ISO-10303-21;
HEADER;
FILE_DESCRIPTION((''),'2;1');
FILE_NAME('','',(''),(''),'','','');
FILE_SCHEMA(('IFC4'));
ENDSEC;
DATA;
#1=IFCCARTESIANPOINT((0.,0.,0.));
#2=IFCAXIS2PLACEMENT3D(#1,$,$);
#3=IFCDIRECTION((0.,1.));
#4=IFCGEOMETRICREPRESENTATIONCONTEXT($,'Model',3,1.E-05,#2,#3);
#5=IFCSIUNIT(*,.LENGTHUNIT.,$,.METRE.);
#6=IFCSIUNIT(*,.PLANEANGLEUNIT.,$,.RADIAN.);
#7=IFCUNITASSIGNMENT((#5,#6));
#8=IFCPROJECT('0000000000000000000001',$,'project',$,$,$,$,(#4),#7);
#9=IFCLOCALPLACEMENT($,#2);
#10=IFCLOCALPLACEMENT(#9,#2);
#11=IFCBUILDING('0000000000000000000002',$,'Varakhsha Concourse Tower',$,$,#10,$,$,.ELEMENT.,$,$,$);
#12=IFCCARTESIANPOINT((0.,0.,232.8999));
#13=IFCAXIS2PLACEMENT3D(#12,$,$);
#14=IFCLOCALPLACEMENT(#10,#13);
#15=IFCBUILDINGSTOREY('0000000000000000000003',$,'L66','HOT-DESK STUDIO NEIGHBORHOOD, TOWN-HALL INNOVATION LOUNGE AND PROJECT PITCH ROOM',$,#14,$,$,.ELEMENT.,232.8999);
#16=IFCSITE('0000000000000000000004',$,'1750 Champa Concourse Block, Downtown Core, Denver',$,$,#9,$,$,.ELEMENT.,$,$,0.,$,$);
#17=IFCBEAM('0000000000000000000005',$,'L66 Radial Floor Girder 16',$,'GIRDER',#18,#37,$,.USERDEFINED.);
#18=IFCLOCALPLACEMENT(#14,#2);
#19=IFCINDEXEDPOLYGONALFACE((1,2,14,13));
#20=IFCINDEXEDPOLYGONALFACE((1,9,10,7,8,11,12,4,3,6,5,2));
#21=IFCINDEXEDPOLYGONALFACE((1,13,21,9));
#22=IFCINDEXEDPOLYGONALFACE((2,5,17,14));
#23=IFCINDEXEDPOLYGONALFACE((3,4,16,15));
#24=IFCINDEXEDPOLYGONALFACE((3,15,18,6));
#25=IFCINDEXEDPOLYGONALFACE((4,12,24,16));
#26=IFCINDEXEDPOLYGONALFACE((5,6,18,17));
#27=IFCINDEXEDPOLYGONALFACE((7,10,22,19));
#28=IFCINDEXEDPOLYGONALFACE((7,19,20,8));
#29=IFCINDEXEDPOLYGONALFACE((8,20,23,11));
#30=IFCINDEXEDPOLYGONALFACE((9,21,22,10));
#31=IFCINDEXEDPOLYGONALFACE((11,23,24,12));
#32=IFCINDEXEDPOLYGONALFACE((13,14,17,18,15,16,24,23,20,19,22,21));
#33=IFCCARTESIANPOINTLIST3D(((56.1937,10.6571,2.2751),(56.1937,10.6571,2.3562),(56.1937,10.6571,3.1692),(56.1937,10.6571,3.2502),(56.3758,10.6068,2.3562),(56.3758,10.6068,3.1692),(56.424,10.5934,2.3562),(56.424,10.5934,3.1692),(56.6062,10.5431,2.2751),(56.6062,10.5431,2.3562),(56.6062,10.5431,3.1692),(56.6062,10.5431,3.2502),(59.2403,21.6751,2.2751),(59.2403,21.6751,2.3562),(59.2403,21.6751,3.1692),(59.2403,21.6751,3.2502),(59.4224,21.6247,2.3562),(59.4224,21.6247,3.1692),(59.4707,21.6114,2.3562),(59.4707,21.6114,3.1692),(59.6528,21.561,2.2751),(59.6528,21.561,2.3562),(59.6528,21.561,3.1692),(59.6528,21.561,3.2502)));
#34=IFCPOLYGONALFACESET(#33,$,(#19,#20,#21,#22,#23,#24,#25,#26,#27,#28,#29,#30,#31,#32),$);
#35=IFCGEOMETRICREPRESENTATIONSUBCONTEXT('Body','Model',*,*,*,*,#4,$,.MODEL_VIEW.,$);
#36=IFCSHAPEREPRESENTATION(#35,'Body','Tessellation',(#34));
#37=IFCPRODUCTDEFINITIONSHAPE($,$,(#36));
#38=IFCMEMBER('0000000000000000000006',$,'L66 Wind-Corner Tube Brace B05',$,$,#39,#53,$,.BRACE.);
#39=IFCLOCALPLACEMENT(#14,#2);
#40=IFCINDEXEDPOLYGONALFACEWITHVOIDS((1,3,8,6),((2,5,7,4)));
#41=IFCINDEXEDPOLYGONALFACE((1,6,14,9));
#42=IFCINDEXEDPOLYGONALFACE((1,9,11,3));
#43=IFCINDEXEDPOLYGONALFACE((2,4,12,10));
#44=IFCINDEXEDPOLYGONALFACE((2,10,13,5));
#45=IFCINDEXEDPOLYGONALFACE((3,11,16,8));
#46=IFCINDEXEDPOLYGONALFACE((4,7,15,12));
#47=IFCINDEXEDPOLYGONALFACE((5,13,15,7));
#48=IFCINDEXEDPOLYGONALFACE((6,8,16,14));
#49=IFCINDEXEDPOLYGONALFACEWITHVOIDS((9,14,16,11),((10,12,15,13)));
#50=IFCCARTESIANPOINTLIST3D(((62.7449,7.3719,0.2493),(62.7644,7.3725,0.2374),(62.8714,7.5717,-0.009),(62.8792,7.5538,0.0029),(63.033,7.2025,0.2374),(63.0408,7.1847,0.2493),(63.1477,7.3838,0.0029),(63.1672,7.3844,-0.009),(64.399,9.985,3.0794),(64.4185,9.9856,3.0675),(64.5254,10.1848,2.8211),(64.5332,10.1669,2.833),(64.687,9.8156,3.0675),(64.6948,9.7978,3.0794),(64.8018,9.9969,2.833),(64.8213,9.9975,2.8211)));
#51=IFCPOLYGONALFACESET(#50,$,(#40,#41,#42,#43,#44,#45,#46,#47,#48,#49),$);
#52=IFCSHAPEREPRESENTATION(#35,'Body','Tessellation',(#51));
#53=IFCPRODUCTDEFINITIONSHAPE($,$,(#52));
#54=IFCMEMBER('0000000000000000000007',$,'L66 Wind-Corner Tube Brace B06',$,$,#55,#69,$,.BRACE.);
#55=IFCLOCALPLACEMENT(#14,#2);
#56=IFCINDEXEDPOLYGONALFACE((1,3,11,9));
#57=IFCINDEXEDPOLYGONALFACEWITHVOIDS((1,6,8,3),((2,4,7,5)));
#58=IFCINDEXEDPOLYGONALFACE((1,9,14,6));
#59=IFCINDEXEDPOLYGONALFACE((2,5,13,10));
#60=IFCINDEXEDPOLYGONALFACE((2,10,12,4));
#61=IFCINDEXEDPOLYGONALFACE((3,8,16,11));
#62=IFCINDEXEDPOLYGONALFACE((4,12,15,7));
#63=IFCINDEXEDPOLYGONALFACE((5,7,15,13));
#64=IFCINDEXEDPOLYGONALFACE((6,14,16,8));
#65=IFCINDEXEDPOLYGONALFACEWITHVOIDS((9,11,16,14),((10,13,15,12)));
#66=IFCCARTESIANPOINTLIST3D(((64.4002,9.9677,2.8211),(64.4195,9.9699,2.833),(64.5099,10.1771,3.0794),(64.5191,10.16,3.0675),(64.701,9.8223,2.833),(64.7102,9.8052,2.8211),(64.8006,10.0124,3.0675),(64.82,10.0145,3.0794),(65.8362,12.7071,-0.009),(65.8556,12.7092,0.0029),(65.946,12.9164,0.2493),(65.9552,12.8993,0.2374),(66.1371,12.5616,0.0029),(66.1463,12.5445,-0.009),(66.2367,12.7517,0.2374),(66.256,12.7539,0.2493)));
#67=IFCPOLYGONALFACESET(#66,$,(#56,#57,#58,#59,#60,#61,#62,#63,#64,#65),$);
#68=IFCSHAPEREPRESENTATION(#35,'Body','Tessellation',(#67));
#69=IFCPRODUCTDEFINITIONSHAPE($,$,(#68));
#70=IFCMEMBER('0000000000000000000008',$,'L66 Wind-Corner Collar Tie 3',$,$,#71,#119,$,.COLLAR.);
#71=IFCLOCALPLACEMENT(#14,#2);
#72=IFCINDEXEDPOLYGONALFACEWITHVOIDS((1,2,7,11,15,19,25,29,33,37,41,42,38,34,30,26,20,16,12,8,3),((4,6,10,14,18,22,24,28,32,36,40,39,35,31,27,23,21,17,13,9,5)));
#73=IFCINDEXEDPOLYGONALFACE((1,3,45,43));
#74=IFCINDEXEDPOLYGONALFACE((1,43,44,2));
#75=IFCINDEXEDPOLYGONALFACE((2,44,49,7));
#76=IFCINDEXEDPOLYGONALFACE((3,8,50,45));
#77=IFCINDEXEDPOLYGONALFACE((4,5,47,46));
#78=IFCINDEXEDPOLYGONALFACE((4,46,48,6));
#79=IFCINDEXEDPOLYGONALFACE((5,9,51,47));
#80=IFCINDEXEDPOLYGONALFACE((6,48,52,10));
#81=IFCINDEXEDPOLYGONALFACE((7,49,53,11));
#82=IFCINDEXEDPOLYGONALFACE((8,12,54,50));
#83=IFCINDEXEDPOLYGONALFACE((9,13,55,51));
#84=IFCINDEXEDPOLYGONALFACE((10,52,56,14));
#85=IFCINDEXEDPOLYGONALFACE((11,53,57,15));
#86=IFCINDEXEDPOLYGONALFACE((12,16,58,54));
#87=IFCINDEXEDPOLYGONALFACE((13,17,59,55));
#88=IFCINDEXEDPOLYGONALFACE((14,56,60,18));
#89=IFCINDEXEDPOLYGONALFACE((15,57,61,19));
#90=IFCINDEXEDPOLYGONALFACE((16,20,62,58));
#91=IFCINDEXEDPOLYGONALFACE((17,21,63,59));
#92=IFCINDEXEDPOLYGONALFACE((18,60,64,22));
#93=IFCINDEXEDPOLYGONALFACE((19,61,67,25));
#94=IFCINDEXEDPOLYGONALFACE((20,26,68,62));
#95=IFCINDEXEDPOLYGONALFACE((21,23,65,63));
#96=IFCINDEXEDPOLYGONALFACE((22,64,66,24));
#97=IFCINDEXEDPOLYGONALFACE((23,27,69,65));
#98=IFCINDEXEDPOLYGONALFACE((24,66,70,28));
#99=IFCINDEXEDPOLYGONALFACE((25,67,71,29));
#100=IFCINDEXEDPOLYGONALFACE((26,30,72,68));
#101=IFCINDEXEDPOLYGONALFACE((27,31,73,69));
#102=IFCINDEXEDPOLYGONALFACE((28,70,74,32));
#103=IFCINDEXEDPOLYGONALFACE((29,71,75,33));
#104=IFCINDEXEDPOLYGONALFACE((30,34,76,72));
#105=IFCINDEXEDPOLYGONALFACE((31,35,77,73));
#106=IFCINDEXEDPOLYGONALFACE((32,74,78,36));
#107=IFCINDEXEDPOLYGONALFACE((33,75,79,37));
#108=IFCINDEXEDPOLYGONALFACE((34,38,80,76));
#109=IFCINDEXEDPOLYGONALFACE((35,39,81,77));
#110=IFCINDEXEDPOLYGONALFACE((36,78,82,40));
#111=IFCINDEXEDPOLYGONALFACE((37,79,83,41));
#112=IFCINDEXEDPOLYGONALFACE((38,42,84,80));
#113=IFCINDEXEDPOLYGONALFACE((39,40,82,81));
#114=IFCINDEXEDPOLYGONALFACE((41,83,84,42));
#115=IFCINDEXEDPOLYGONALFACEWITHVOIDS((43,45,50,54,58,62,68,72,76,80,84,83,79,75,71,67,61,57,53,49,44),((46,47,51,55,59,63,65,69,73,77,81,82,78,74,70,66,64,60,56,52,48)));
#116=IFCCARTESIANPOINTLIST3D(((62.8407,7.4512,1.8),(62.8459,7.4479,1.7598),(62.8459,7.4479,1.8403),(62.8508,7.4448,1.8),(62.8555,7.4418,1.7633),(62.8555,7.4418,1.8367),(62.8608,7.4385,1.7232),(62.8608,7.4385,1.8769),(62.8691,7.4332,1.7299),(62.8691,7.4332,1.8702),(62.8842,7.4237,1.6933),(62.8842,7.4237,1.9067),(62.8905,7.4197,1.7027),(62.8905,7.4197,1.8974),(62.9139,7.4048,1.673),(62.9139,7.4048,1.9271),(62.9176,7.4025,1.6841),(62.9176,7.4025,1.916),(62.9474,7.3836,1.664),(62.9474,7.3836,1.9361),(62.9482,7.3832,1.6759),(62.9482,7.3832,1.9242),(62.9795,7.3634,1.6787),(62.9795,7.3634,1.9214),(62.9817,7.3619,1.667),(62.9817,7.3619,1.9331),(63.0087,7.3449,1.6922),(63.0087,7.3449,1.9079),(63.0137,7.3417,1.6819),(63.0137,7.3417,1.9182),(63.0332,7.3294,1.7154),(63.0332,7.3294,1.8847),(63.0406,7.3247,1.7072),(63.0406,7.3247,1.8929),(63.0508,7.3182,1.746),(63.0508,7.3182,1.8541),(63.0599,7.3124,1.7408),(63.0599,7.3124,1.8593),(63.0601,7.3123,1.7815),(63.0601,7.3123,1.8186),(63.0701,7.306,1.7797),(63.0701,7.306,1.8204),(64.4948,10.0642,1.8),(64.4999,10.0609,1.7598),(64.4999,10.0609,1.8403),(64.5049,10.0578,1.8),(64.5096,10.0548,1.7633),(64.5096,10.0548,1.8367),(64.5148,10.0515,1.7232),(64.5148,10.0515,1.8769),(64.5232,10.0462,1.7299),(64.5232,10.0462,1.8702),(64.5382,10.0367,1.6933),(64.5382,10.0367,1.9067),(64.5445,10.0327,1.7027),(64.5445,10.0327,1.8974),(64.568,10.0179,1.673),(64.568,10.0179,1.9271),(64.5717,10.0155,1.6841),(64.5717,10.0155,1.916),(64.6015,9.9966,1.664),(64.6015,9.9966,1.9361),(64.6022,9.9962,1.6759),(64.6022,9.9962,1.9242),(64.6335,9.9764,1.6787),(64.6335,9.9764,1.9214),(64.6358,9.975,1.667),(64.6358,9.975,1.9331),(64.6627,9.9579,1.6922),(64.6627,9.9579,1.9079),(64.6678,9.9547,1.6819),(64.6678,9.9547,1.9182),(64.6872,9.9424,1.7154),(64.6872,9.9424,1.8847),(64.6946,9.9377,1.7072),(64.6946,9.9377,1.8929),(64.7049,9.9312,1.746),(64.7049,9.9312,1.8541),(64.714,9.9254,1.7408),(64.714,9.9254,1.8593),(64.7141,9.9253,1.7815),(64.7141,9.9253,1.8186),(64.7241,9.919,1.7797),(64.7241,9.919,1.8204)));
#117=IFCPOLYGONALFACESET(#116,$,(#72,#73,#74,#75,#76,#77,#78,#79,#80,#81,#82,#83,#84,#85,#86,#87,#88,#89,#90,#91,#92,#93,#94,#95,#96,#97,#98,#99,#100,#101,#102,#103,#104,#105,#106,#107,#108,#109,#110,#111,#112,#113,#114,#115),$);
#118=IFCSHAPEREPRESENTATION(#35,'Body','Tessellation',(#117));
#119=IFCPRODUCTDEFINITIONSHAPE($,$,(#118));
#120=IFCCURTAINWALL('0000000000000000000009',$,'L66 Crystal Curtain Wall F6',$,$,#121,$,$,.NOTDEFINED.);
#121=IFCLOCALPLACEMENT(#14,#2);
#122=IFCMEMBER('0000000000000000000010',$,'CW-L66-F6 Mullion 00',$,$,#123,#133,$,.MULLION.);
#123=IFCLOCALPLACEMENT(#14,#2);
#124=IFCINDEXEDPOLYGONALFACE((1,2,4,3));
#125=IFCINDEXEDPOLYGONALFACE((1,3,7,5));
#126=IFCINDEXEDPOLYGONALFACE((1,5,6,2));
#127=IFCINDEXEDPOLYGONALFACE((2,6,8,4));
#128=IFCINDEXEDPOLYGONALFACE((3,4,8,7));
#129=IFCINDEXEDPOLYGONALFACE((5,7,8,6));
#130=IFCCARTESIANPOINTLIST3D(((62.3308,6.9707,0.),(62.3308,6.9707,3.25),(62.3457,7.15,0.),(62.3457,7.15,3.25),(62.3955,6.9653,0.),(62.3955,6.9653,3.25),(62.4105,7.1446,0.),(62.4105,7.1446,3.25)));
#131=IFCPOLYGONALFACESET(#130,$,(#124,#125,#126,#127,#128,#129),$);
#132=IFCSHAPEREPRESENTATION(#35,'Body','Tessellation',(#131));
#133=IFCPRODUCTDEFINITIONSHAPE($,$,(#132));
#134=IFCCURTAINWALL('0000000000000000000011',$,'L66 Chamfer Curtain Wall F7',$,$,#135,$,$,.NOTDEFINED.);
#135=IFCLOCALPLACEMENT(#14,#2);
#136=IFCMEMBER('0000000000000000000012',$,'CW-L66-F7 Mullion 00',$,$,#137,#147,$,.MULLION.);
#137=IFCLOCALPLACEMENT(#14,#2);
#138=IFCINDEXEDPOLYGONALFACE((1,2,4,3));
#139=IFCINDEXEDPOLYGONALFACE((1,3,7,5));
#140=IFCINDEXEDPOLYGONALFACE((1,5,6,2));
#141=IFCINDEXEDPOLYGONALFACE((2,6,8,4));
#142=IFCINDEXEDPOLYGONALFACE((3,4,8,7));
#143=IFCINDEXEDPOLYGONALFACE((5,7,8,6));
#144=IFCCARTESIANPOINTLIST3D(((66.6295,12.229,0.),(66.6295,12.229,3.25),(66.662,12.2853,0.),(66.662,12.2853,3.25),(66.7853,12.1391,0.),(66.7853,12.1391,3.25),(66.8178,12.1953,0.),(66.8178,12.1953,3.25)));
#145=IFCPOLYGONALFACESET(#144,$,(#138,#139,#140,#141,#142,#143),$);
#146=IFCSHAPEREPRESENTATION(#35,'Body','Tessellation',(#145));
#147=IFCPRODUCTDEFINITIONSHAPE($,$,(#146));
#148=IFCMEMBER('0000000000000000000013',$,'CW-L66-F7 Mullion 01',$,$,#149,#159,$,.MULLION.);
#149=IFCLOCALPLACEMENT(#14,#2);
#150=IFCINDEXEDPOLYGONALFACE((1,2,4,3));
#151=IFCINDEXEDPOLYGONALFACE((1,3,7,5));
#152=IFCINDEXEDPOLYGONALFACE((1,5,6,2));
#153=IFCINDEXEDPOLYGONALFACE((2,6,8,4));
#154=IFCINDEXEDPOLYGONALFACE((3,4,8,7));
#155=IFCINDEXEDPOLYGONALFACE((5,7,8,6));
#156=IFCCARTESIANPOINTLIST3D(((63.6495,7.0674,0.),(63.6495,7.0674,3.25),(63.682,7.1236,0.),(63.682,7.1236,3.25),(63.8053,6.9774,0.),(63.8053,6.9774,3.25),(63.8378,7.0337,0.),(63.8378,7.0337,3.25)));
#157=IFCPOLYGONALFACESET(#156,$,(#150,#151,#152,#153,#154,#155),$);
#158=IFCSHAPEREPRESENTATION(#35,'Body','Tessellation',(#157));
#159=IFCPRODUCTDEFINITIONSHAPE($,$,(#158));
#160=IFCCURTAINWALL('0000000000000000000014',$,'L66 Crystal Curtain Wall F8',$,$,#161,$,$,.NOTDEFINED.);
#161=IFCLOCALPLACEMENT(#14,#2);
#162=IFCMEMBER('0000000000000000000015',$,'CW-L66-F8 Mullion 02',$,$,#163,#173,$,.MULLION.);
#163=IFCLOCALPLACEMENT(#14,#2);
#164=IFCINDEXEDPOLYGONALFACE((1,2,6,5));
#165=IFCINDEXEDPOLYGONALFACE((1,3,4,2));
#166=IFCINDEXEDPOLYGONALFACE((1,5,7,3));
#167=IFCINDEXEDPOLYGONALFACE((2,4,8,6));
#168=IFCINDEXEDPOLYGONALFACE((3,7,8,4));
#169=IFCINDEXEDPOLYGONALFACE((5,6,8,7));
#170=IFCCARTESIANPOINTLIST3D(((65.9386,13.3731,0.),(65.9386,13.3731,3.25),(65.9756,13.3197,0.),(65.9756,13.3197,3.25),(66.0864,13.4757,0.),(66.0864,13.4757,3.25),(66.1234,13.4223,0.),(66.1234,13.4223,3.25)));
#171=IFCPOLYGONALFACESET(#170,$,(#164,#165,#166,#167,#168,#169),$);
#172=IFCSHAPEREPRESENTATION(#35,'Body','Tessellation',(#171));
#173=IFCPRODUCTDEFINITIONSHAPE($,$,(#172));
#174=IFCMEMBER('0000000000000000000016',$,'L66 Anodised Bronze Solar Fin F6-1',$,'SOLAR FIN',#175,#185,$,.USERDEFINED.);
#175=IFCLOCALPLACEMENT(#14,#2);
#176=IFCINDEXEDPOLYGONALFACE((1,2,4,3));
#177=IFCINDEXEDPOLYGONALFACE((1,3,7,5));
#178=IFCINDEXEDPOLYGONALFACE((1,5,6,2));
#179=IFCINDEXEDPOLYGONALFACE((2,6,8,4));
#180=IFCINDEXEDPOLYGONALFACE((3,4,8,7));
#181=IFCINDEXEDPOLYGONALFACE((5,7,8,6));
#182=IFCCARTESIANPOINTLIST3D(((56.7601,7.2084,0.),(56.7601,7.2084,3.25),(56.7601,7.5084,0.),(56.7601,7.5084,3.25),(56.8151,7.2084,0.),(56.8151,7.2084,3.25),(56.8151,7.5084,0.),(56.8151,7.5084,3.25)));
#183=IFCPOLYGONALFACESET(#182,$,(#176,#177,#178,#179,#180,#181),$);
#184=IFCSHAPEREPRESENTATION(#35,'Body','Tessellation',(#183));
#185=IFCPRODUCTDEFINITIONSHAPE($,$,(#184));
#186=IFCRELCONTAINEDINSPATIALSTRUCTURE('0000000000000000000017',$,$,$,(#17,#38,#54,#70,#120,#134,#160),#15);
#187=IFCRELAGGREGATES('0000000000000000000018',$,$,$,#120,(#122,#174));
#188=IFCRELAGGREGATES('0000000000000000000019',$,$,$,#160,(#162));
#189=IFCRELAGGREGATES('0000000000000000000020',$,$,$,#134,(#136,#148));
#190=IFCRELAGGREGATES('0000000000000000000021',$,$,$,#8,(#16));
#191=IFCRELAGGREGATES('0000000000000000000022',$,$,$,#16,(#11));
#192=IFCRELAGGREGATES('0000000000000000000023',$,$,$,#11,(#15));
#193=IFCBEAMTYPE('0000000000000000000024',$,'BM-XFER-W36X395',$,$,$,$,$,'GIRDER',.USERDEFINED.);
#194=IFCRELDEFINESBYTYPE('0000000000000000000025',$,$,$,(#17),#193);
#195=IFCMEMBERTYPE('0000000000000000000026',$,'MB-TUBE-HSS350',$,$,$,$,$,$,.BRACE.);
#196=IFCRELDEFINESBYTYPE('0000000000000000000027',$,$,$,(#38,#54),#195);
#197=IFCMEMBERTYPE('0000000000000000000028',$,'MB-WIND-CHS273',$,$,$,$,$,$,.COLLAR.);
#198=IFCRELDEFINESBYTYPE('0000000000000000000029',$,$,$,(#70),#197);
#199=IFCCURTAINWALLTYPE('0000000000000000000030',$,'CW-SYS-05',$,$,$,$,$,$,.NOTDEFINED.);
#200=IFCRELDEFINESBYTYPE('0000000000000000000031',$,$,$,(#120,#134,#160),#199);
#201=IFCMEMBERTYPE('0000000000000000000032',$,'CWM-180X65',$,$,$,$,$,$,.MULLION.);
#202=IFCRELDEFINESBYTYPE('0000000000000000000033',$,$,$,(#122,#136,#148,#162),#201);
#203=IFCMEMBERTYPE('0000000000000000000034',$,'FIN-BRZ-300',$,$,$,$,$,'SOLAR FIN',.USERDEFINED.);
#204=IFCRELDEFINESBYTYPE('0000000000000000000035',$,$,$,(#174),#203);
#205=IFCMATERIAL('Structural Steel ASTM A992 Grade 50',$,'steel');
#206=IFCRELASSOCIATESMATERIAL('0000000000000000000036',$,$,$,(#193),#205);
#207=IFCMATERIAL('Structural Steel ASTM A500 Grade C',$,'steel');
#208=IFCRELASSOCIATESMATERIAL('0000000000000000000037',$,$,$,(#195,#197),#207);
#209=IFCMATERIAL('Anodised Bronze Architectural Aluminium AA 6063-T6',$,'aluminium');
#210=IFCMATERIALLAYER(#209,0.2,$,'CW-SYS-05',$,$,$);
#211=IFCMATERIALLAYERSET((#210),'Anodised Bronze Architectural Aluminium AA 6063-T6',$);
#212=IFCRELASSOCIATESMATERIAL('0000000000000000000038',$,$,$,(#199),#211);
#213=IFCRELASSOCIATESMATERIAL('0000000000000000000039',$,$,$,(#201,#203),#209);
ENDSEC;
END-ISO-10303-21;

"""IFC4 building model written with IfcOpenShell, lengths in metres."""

from ifc_helpers import new_model, si_unit, direction, frame, origin, origin_2d, place, context, subcontext, project, spatial, rectangle, hollow_rectangle, hollow_circle, i_section, extrude, source, transform, mapped, material, layer, layer_set, material_profile, profile_set, type_object, type_shapes, element, aggregate, save


model = new_model("IFC4")

# Units and contexts
model_context = context("Model", 3, precision=1e-05, world=origin(), true_north=direction((0.0, 1.0)))
body_context = subcontext(model_context, "Body", "Model", "MODEL_VIEW")
ifc_project = project(units=[si_unit("LENGTHUNIT", "METRE"), si_unit("PLANEANGLEUNIT", "RADIAN")], contexts=[model_context])

# Site, building, storey
site_placement = place(None, origin())
site = spatial("IfcSite", under=ifc_project, at=site_placement, Name="1750 Champa Concourse Block, Downtown Core, Denver", CompositionType="ELEMENT", RefElevation=0.0)
building_placement = place(site_placement, origin())
building = spatial("IfcBuilding", under=site, at=building_placement, Name="Varakhsha Concourse Tower", CompositionType="ELEMENT")
storey_placement = place(building_placement, frame((0.0, 0.0, 232.8999)))
storey = spatial("IfcBuildingStorey", under=building, at=storey_placement, Name="L66", Description="HOT-DESK STUDIO NEIGHBORHOOD, TOWN-HALL INNOVATION LOUNGE AND PROJECT PITCH ROOM", CompositionType="ELEMENT", Elevation=232.8999)

# Beam
ifc_material_1 = material(Name="Structural Steel ASTM A992 Grade 50", Category="steel")
ifc_material_profile_1 = material_profile(ifc_material_1, i_section(OverallWidth=0.428, OverallDepth=0.9751, WebThickness=0.05, FlangeThickness=0.0811, at=origin_2d()), Name="W36X395")
ifc_profile_set_1 = profile_set([ifc_material_profile_1], Name="Structural Steel ASTM A992 Grade 50")
beam_type_1 = type_object("IfcBeamType", Name="BM-XFER-W36X395", ElementType="GIRDER", PredefinedType="USERDEFINED", material=ifc_profile_set_1)
beam_1_placement = place(storey_placement, frame((56.3999, 10.6001, 2.7627), z_axis=(0.266517, 0.96383, 0.0), x_axis=(-0.96383, 0.266517, 0.0)))
element("IfcBeam", 1, at=beam_1_placement, inside=storey, type_object=beam_type_1, Name="L66 Radial Floor Girder 16", ObjectType="GIRDER", PredefinedType="USERDEFINED", context=body_context, shape_type="SweptSolid", body=[
    extrude(i_section(OverallWidth=0.428, OverallDepth=0.9751, WebThickness=0.05, FlangeThickness=0.0811, at=origin_2d()), origin(), (0.0, 0.0, 1.0), 11.4314),
])

# Members
ifc_material_2 = material(Name="Structural Steel ASTM A500 Grade C", Category="steel")
ifc_material_profile_2 = material_profile(ifc_material_2, hollow_rectangle(XDim=0.3501, YDim=0.3501, WallThickness=0.0161, at=origin_2d()), Name="HSS 350x350x16")
ifc_profile_set_2 = profile_set([ifc_material_profile_2], Name="Structural Steel ASTM A500 Grade C")
member_type_1 = type_object("IfcMemberType", Name="MB-TUBE-HSS350", PredefinedType="BRACE", material=ifc_profile_set_2)
shared_shape_1 = source(origin(), body_context, "Body", "SweptSolid", [
    extrude(hollow_rectangle(XDim=0.3501, YDim=0.3501, WallThickness=0.0161, at=origin_2d()), origin(), (0.0, 0.0, 1.0), 4.1921),
])
member_1_placement = place(storey_placement, frame((62.9561, 7.3782, 0.1201), z_axis=(0.39457, 0.623333, 0.675108), x_axis=(-0.844946, 0.534851, 0.0)))
element("IfcMember", 2, at=member_1_placement, inside=storey, type_object=member_type_1, Name="L66 Wind-Corner Tube Brace B05", PredefinedType="BRACE", context=body_context, shape_type="MappedRepresentation", body=[
    mapped(shared_shape_1, transform((0.0, 0.0, 0.0), scale=1.0)),
])
shared_shape_2 = source(origin(), body_context, "Body", "SweptSolid", [
    extrude(hollow_rectangle(XDim=0.3501, YDim=0.3501, WallThickness=0.0161, at=origin_2d()), origin(), (0.0, 0.0, 1.0), 4.1924),
])
type_shapes(member_type_1, [shared_shape_1, shared_shape_2])
member_2_placement = place(storey_placement, frame((66.0461, 12.7305, 0.1201), z_axis=(-0.342544, -0.653408, 0.675072), x_axis=(0.885674, -0.464308, 0.0)))
element("IfcMember", 3, at=member_2_placement, inside=storey, type_object=member_type_1, Name="L66 Wind-Corner Tube Brace B06", PredefinedType="BRACE", context=body_context, shape_type="MappedRepresentation", body=[
    mapped(shared_shape_2, transform((0.0, 0.0, 0.0), scale=1.0)),
])
ifc_material_profile_3 = material_profile(ifc_material_2, hollow_circle(Radius=0.1365, WallThickness=0.012, at=origin_2d()), Name="CHS 273x12")
ifc_profile_set_3 = profile_set([ifc_material_profile_3], Name="Structural Steel ASTM A500 Grade C")
member_type_2 = type_object("IfcMemberType", Name="MB-WIND-CHS273", PredefinedType="COLLAR", material=ifc_profile_set_3)
shared_shape_3 = source(origin(), body_context, "Body", "SweptSolid", [
    extrude(hollow_circle(Radius=0.1365, WallThickness=0.012, at=origin_2d()), origin(), (0.0, 0.0, 1.0), 3.0925),
])
type_shapes(member_type_2, [shared_shape_3])
member_3_placement = place(storey_placement, frame((62.9561, 7.3782, 1.8), z_axis=(0.534851, 0.844946, 0.0), x_axis=(-0.844946, 0.534851, 0.0)))
element("IfcMember", 4, at=member_3_placement, inside=storey, type_object=member_type_2, Name="L66 Wind-Corner Collar Tie 3", PredefinedType="COLLAR", context=body_context, shape_type="MappedRepresentation", body=[
    mapped(shared_shape_3, transform((0.0, 0.0, 0.0), scale=1.0)),
])

# Curtain wall, member
ifc_material_3 = material(Name="Anodised Bronze Architectural Aluminium AA 6063-T6", Category="aluminium")
ifc_layer_1 = layer(ifc_material_3, 0.2, Name="CW-SYS-05")
ifc_layer_set_1 = layer_set([ifc_layer_1], Name="Anodised Bronze Architectural Aluminium AA 6063-T6")
curtain_wall_type = type_object("IfcCurtainWallType", Name="CW-SYS-05", PredefinedType="NOTDEFINED", material=ifc_layer_set_1)
curtain_wall_1_placement = place(storey_placement, origin())
curtain_wall_1 = element("IfcCurtainWall", 5, at=curtain_wall_1_placement, inside=storey, type_object=curtain_wall_type, Name="L66 Crystal Curtain Wall F6", PredefinedType="NOTDEFINED")
ifc_material_profile_4 = material_profile(ifc_material_3, rectangle(XDim=0.0649, YDim=0.1799, at=origin_2d()), Name="CWM-180X65")
ifc_profile_set_4 = profile_set([ifc_material_profile_4], Name="Anodised Bronze Architectural Aluminium AA 6063-T6")
member_type_3 = type_object("IfcMemberType", Name="CWM-180X65", PredefinedType="MULLION", material=ifc_profile_set_4)
shared_shape_4 = source(origin(), body_context, "Body", "SweptSolid", [
    extrude(rectangle(XDim=0.0649, YDim=0.1799, at=origin_2d()), origin(), (0.0, 0.0, 1.0), 3.25),
])
type_shapes(member_type_3, [shared_shape_4])
member_4_placement = place(storey_placement, frame((62.3706, 7.0576, 0.0), z_axis=(0.0, 0.0, 1.0), x_axis=(-0.996529, 0.083247, 0.0)))
member_4 = element("IfcMember", 6, at=member_4_placement, type_object=member_type_3, Name="CW-L66-F6 Mullion 00", PredefinedType="MULLION", context=body_context, shape_type="MappedRepresentation", body=[
    mapped(shared_shape_4, transform((0.0, 0.0, 0.0), scale=1.0)),
])

# Curtain wall, members
curtain_wall_2_placement = place(storey_placement, origin())
curtain_wall_2 = element("IfcCurtainWall", 7, at=curtain_wall_2_placement, inside=storey, type_object=curtain_wall_type, Name="L66 Chamfer Curtain Wall F7", PredefinedType="NOTDEFINED")
member_5_placement = place(storey_placement, frame((66.7236, 12.2122, 0.0), z_axis=(0.0, 0.0, 1.0), x_axis=(-0.499994, -0.866029, 0.0)))
member_5 = element("IfcMember", 8, at=member_5_placement, type_object=member_type_3, Name="CW-L66-F7 Mullion 00", PredefinedType="MULLION", context=body_context, shape_type="MappedRepresentation", body=[
    mapped(shared_shape_4, transform((0.0, 0.0, 0.0), scale=1.0)),
])
member_6_placement = place(storey_placement, frame((63.7437, 7.0505, 0.0), z_axis=(0.0, 0.0, 1.0), x_axis=(-0.499994, -0.866029, 0.0)))
member_6 = element("IfcMember", 9, at=member_6_placement, type_object=member_type_3, Name="CW-L66-F7 Mullion 01", PredefinedType="MULLION", context=body_context, shape_type="MappedRepresentation", body=[
    mapped(shared_shape_4, transform((0.0, 0.0, 0.0), scale=1.0)),
])

# Curtain wall, member
curtain_wall_3_placement = place(storey_placement, origin())
curtain_wall_3 = element("IfcCurtainWall", 10, at=curtain_wall_3_placement, inside=storey, type_object=curtain_wall_type, Name="L66 Crystal Curtain Wall F8", PredefinedType="NOTDEFINED")
member_7_placement = place(storey_placement, frame((66.031, 13.3977, 0.0), z_axis=(0.0, 0.0, 1.0), x_axis=(0.570361, -0.821394, 0.0)))
member_7 = element("IfcMember", 11, at=member_7_placement, type_object=member_type_3, Name="CW-L66-F8 Mullion 02", PredefinedType="MULLION", context=body_context, shape_type="MappedRepresentation", body=[
    mapped(shared_shape_4, transform((0.0, 0.0, 0.0), scale=1.0)),
])

# Member
ifc_material_profile_5 = material_profile(ifc_material_3, rectangle(XDim=0.0549, YDim=0.3, at=origin_2d()), Name="FIN-BRZ-300")
ifc_profile_set_5 = profile_set([ifc_material_profile_5], Name="Anodised Bronze Architectural Aluminium AA 6063-T6")
member_type_4 = type_object("IfcMemberType", Name="FIN-BRZ-300", ElementType="SOLAR FIN", PredefinedType="USERDEFINED", material=ifc_profile_set_5)
shared_shape_5 = source(origin(), body_context, "Body", "SweptSolid", [
    extrude(rectangle(XDim=0.0549, YDim=0.3, at=origin_2d()), origin(), (0.0, 0.0, 1.0), 3.25),
])
type_shapes(member_type_4, [shared_shape_5])
member_8_placement = place(storey_placement, frame((56.7876, 7.3584, 0.0), z_axis=(0.0, 0.0, 1.0), x_axis=(1.0, 0.0, 0.0)))
member_8 = element("IfcMember", 12, at=member_8_placement, type_object=member_type_4, Name="L66 Anodised Bronze Solar Fin F6-1", ObjectType="SOLAR FIN", PredefinedType="USERDEFINED", context=body_context, shape_type="MappedRepresentation", body=[
    mapped(shared_shape_5, transform((0.0, 0.0, 0.0), scale=1.0)),
])

aggregate(curtain_wall_1, [member_4, member_8])
aggregate(curtain_wall_3, [member_7])
aggregate(curtain_wall_2, [member_5, member_6])

save(model, "model.ifc")
